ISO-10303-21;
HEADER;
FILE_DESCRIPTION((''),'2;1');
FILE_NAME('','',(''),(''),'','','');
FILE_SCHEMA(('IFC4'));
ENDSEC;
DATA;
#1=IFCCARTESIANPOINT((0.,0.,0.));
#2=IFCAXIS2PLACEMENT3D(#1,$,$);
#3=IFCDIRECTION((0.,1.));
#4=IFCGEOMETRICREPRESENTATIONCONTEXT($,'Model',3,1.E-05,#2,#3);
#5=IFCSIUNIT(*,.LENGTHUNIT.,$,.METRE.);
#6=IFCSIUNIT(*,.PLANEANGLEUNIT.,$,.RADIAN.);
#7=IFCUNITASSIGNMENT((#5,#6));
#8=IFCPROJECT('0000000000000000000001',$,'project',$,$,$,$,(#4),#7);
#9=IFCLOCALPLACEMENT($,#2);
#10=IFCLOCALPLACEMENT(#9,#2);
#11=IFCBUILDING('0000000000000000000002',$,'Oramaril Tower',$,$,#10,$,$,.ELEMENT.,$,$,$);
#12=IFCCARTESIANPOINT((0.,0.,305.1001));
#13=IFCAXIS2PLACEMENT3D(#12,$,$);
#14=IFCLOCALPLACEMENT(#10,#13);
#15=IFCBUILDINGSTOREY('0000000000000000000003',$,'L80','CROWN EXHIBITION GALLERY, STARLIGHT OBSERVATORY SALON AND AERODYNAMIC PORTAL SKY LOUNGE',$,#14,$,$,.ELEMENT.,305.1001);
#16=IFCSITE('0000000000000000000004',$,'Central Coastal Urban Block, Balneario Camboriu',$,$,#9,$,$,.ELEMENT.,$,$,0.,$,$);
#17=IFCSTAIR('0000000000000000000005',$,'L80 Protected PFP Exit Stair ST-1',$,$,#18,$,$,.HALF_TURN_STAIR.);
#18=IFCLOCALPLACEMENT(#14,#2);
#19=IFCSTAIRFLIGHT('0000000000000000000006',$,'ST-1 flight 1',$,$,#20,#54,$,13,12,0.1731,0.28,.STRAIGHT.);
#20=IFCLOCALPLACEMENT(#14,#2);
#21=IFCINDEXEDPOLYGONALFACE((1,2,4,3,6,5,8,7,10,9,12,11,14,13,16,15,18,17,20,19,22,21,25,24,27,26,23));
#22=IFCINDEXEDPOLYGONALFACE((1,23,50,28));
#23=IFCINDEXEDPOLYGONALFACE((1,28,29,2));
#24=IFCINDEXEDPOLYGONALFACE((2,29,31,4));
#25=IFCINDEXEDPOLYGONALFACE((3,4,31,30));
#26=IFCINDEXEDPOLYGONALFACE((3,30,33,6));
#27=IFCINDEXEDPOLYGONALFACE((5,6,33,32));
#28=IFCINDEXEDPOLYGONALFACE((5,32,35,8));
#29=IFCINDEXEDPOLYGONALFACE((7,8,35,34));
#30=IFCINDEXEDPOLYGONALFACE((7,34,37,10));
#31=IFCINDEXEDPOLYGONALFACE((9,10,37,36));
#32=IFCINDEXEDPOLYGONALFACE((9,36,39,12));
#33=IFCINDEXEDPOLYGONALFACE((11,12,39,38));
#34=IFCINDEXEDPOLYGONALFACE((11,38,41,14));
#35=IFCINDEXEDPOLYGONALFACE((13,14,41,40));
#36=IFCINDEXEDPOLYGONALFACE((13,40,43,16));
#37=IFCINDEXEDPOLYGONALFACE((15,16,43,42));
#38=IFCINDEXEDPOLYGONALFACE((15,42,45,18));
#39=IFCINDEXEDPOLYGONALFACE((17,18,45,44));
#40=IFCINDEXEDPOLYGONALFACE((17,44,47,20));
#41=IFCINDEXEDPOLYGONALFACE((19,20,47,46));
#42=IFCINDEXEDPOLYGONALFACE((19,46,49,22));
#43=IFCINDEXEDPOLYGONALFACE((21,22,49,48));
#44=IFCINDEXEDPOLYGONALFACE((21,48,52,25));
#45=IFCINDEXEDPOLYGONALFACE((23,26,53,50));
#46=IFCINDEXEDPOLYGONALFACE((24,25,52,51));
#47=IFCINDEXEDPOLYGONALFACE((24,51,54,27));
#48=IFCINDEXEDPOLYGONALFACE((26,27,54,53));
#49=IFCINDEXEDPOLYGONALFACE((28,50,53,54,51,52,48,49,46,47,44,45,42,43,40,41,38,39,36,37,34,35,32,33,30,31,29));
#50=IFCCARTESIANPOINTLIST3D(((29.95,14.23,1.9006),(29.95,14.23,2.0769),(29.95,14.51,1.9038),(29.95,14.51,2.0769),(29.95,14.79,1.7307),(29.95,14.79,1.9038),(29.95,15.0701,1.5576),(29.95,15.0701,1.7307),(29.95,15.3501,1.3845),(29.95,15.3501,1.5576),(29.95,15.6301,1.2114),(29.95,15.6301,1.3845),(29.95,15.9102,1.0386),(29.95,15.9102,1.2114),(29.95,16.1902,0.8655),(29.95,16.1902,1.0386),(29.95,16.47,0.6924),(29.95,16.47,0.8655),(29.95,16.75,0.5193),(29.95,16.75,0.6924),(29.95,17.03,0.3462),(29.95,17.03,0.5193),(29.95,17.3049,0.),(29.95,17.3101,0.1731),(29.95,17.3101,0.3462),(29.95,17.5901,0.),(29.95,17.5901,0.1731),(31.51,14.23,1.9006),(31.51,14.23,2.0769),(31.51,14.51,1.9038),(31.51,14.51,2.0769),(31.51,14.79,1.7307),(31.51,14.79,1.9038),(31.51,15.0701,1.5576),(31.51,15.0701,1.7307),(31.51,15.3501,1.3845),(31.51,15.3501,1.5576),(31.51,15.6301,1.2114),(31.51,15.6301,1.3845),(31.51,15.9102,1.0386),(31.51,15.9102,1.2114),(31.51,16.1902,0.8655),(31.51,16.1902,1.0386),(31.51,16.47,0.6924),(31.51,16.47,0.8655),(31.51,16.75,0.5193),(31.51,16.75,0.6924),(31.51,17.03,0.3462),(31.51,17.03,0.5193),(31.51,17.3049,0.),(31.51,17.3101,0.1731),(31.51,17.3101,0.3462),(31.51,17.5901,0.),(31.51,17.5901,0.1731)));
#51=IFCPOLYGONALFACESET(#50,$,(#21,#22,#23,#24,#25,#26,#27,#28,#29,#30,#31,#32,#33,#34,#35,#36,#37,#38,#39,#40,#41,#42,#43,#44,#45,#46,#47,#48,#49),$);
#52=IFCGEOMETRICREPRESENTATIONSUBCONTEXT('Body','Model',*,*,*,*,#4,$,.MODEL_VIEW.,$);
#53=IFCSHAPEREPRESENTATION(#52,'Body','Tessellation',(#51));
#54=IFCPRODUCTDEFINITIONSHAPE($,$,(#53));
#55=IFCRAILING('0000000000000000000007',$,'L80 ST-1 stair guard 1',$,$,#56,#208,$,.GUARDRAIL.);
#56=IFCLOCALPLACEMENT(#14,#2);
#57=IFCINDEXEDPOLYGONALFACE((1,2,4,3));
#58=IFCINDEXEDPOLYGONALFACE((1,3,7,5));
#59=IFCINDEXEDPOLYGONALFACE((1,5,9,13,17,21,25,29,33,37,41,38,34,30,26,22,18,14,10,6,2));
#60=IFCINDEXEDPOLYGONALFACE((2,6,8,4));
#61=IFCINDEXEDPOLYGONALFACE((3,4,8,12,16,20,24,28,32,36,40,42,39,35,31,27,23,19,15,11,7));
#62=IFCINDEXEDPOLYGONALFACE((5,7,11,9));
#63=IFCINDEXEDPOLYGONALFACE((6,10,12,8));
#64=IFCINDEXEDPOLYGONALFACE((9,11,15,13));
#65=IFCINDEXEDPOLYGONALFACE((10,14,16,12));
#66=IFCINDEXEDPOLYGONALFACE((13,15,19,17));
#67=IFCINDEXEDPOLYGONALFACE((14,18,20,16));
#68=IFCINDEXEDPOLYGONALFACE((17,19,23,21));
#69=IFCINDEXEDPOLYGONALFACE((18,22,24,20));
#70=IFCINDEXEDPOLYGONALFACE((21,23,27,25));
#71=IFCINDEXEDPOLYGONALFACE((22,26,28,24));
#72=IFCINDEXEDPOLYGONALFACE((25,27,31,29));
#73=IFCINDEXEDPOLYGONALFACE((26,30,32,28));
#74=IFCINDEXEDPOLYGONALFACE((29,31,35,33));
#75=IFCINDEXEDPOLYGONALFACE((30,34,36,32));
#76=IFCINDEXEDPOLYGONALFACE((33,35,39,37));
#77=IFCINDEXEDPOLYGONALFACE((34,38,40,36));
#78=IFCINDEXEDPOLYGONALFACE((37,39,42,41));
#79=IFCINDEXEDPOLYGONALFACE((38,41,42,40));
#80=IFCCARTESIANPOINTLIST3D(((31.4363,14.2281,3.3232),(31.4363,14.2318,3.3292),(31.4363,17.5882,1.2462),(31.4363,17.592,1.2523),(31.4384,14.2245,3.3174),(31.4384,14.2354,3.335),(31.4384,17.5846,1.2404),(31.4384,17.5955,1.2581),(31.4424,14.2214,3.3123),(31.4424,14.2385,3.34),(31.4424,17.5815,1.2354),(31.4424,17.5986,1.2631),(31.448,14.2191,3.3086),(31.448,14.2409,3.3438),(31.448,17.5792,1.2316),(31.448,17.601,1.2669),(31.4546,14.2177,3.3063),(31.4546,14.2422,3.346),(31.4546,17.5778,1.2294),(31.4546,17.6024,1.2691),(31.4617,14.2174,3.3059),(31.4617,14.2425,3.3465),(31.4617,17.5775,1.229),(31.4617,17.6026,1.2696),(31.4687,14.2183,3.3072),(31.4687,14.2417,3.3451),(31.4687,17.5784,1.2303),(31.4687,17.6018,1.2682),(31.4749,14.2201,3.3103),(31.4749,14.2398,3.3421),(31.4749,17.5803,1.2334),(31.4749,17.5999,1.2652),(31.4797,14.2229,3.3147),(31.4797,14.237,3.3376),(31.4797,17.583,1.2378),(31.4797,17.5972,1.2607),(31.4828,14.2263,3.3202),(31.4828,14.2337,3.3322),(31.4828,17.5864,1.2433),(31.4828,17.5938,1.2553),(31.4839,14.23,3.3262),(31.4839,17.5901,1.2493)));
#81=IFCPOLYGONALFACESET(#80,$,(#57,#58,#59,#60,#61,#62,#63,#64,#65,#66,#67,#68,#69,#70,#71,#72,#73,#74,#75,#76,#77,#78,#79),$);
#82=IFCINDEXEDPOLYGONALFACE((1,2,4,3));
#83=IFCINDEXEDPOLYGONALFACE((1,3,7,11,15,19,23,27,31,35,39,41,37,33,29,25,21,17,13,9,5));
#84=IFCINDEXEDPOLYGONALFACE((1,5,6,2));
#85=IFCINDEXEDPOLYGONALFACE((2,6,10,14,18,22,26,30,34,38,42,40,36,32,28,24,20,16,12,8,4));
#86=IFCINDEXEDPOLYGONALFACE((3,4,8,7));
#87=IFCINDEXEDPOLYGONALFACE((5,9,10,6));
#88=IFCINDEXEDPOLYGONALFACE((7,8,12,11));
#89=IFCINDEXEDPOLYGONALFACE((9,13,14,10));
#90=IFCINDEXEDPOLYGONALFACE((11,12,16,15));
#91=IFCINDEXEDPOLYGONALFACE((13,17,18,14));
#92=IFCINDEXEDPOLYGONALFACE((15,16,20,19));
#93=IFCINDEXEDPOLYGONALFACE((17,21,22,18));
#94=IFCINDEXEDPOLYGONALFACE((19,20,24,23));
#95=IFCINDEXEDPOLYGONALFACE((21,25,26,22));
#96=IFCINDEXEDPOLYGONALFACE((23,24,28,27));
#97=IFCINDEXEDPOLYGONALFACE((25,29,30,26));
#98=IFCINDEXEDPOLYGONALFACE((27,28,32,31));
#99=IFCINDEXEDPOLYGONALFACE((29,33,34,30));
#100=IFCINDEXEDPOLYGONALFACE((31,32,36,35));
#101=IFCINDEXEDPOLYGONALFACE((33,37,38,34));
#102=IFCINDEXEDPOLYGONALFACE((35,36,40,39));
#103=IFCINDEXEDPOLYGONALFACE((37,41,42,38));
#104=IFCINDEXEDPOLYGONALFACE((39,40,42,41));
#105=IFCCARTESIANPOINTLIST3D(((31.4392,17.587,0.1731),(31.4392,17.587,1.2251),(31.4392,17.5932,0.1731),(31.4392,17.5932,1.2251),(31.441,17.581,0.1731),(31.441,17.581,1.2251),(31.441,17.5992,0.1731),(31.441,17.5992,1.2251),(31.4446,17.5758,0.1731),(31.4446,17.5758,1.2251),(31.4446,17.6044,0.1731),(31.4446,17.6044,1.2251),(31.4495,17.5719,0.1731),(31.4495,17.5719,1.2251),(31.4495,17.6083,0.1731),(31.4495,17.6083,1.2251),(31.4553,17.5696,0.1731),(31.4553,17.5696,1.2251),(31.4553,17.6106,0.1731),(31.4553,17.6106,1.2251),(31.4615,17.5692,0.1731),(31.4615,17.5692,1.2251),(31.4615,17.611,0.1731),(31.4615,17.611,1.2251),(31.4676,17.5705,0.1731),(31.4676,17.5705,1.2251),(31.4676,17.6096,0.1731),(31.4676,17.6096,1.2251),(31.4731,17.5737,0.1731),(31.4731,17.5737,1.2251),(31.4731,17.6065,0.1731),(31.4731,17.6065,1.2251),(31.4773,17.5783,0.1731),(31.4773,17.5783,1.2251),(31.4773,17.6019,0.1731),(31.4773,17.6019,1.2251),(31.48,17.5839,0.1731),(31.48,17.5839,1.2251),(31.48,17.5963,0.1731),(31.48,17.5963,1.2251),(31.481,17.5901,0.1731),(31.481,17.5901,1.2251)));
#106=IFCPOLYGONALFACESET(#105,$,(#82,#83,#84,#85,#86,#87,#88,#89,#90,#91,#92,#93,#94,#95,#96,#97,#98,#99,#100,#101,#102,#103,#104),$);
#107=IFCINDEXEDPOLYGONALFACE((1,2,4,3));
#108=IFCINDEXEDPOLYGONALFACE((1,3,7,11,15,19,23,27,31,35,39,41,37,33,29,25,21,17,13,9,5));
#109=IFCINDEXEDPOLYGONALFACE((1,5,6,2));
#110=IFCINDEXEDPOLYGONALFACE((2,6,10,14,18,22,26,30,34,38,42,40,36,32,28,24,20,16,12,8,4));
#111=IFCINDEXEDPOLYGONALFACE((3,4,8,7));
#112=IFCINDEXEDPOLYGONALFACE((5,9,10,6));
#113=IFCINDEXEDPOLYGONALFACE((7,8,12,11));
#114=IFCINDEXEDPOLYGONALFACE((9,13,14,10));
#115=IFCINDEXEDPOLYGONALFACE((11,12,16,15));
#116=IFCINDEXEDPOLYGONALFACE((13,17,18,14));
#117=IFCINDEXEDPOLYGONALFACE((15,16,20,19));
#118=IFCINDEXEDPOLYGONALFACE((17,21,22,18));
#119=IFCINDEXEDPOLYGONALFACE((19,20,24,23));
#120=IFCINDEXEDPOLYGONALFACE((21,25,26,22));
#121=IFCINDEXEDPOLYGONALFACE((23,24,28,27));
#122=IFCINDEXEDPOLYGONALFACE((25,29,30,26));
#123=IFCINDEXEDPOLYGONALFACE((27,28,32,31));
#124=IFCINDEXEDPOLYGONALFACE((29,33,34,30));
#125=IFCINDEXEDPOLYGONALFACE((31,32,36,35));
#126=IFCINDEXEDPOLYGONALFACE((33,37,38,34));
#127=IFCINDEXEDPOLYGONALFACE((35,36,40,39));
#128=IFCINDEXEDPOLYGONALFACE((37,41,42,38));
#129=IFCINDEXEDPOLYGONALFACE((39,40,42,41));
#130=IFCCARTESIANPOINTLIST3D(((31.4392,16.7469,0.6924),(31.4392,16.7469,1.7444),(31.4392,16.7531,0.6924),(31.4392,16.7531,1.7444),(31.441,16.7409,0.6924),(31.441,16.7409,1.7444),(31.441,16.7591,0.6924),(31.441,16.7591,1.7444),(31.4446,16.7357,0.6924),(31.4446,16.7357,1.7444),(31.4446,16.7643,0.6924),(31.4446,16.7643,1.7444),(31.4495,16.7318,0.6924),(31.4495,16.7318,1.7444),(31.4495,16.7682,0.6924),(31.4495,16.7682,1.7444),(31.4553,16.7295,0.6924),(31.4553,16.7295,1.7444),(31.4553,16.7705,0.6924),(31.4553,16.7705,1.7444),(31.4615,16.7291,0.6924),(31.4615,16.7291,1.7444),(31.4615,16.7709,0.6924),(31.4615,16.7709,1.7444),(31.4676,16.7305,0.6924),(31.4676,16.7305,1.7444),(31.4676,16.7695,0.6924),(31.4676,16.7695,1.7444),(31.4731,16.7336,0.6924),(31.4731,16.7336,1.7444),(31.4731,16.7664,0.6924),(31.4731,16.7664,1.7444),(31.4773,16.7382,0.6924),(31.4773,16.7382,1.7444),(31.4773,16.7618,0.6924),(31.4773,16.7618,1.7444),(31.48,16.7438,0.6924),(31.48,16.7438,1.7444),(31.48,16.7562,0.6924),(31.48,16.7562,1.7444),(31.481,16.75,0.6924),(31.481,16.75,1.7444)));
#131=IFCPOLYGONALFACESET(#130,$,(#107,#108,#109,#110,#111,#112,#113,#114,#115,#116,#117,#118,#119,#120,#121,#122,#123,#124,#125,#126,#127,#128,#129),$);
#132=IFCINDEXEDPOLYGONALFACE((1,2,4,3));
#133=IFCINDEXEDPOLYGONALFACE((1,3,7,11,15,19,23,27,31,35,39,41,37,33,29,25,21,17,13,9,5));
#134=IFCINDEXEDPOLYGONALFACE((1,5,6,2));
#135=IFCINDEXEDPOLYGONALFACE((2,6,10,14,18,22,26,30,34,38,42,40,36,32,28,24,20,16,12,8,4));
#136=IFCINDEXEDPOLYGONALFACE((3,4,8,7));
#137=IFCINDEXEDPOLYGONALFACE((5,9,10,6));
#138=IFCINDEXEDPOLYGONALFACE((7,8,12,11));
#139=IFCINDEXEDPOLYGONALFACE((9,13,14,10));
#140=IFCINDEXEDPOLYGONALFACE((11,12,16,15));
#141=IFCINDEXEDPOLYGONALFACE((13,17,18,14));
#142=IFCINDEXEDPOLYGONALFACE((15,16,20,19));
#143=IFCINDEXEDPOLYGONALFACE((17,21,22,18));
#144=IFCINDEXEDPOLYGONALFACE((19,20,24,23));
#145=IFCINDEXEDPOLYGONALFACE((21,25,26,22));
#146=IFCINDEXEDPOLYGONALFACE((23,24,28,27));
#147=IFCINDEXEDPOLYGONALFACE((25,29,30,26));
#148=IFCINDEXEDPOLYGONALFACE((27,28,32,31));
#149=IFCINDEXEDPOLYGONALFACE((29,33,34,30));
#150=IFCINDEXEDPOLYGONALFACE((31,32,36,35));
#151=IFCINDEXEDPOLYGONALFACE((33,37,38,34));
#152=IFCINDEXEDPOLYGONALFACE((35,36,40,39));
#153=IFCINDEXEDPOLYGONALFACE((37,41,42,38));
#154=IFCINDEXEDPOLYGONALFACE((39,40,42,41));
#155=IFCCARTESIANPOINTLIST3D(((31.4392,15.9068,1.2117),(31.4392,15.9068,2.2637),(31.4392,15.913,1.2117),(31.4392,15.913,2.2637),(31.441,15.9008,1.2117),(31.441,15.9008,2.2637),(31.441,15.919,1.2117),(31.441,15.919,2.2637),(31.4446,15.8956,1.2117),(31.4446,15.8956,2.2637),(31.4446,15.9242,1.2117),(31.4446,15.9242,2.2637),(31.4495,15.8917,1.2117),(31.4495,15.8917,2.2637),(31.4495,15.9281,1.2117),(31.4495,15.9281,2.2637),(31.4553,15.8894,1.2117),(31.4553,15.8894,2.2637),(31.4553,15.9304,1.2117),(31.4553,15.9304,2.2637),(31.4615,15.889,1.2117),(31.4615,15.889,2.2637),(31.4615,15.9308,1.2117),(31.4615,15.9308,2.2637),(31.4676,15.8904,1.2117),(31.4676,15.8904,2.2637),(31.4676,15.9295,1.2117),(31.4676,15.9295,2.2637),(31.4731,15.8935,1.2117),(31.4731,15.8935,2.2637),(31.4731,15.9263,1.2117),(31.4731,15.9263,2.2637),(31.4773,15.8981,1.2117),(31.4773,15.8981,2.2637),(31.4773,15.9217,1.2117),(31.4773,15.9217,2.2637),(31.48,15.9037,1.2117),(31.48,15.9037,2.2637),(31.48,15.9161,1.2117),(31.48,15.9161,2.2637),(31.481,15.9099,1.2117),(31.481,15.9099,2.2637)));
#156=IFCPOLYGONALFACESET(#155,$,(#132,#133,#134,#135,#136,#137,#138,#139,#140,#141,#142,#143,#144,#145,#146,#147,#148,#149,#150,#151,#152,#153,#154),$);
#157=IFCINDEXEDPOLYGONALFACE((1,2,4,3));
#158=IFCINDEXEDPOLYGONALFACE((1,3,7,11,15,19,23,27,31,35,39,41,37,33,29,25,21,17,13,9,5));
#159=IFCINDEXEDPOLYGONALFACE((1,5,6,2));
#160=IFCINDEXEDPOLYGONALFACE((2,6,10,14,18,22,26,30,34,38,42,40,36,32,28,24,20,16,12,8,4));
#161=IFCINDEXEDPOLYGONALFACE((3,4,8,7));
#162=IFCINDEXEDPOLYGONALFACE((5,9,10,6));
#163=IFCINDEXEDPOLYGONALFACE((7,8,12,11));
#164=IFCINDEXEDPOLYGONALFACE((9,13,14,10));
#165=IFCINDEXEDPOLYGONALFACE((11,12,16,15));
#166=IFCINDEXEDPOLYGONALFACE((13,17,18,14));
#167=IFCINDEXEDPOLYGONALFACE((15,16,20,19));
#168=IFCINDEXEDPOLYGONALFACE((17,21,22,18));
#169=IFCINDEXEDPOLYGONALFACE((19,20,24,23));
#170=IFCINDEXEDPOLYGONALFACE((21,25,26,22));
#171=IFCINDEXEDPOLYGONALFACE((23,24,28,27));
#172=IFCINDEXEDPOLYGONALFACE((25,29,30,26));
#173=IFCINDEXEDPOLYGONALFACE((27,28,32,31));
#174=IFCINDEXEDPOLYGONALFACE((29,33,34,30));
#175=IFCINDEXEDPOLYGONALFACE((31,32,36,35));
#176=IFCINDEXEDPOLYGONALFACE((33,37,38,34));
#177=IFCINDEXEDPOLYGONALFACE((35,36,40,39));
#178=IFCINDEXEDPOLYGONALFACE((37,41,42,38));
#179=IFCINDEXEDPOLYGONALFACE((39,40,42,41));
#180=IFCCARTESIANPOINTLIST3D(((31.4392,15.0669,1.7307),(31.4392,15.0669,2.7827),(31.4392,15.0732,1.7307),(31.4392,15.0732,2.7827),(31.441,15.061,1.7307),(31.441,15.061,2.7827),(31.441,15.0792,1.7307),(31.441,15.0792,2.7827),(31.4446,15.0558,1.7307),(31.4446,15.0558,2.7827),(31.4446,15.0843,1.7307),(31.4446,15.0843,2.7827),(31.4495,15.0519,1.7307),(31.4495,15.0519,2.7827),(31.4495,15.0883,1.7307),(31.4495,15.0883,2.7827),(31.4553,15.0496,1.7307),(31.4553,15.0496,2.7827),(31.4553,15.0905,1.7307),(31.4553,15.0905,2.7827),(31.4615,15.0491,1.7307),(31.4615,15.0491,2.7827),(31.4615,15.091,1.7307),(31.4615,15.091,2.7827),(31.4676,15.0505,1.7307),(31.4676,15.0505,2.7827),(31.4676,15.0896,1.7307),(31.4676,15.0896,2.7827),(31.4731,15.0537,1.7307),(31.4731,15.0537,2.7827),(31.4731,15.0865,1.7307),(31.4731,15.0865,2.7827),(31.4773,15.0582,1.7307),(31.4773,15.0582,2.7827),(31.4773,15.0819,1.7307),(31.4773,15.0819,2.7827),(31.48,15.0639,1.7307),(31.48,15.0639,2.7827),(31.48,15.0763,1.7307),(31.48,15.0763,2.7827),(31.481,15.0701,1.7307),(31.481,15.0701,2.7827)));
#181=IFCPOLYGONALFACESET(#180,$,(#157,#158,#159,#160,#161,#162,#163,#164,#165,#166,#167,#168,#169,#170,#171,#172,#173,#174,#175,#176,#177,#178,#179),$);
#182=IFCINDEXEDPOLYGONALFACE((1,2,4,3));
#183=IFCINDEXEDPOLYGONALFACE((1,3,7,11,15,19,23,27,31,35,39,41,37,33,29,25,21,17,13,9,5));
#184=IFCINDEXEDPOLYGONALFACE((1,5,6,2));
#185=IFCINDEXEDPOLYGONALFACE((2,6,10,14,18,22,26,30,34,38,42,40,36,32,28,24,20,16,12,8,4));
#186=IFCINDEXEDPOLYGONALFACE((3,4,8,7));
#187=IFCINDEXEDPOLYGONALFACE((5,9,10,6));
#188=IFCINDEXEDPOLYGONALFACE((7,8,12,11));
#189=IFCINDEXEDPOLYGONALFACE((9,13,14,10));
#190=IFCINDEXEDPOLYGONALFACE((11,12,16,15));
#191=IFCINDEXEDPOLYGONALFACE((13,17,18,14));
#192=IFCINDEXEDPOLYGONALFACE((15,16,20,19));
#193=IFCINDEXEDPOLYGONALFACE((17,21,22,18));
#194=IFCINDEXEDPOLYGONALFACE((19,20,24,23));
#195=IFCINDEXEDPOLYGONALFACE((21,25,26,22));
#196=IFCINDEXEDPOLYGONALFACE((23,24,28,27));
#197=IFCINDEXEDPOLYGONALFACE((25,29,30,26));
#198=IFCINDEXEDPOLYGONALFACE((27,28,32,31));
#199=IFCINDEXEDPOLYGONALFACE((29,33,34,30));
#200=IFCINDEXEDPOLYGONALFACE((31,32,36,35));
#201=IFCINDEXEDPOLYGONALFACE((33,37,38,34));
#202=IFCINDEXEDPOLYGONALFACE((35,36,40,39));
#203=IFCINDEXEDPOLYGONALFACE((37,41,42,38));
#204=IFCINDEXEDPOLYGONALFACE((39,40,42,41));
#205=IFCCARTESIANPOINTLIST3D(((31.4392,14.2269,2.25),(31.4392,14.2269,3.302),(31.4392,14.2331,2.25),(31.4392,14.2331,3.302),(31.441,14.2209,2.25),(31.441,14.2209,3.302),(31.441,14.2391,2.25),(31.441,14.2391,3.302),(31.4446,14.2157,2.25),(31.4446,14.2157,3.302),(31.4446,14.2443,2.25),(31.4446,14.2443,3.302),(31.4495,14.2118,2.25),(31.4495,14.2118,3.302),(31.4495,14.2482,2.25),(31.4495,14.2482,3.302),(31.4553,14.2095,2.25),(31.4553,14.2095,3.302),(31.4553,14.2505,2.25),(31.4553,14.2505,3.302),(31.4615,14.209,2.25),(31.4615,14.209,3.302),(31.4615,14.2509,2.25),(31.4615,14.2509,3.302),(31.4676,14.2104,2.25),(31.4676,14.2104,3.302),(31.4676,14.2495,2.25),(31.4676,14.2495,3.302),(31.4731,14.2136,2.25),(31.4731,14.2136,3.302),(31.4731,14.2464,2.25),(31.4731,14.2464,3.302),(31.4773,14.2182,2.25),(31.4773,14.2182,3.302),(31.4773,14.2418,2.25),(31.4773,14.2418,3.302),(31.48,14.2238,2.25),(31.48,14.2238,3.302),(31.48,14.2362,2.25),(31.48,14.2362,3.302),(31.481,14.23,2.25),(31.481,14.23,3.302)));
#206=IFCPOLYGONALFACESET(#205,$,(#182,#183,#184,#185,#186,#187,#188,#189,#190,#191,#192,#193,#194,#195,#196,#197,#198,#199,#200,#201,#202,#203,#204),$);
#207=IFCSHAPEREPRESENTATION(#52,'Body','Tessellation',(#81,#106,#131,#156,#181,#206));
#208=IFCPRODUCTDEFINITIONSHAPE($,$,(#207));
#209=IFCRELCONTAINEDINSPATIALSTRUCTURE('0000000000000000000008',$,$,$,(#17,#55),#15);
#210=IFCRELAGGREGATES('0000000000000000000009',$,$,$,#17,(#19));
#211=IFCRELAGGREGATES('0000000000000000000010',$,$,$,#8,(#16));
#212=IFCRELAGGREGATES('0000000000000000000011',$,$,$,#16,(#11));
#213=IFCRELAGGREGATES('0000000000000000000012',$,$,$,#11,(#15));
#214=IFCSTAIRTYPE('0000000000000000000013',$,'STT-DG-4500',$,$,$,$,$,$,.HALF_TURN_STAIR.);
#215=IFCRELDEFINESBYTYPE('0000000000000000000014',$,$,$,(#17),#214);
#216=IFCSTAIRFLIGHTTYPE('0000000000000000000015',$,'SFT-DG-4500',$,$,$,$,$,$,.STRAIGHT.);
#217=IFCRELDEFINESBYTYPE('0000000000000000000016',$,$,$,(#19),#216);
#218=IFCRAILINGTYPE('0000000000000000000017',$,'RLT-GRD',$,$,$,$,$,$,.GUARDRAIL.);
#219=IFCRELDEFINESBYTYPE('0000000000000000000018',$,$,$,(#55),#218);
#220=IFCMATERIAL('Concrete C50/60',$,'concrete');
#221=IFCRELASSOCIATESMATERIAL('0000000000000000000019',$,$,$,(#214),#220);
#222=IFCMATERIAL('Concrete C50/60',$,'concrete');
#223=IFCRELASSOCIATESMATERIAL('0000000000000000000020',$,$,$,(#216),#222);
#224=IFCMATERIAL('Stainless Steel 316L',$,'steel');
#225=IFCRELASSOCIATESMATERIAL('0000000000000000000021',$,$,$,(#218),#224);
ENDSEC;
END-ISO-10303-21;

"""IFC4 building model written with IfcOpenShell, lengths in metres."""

from ifc_helpers import new_model, si_unit, direction, frame, origin, origin_2d, place, context, subcontext, project, spatial, polyline, circle, outline, extrude, material, type_object, element, aggregate, save


model = new_model("IFC4")

# Units and contexts
model_context = context("Model", 3, precision=1e-05, world=origin(), true_north=direction((0.0, 1.0)))
body_context = subcontext(model_context, "Body", "Model", "MODEL_VIEW")
ifc_project = project(units=[si_unit("LENGTHUNIT", "METRE"), si_unit("PLANEANGLEUNIT", "RADIAN")], contexts=[model_context])

# Site, building, storey
site_placement = place(None, origin())
site = spatial("IfcSite", under=ifc_project, at=site_placement, Name="Central Coastal Urban Block, Balneario Camboriu", CompositionType="ELEMENT", RefElevation=0.0)
building_placement = place(site_placement, origin())
building = spatial("IfcBuilding", under=site, at=building_placement, Name="Oramaril Tower", CompositionType="ELEMENT")
storey_placement = place(building_placement, frame((0.0, 0.0, 305.1001)))
storey = spatial("IfcBuildingStorey", under=building, at=storey_placement, Name="L80", Description="CROWN EXHIBITION GALLERY, STARLIGHT OBSERVATORY SALON AND AERODYNAMIC PORTAL SKY LOUNGE", CompositionType="ELEMENT", Elevation=305.1001)

# Stair, stair flight
ifc_material_1 = material(Name="Concrete C50/60", Category="concrete")
stair_type = type_object("IfcStairType", Name="STT-DG-4500", PredefinedType="HALF_TURN_STAIR", material=ifc_material_1)
stair_placement = place(storey_placement, origin())
stair = element("IfcStair", 1, at=stair_placement, inside=storey, type_object=stair_type, Name="L80 Protected PFP Exit Stair ST-1", PredefinedType="HALF_TURN_STAIR")
ifc_material_2 = material(Name="Concrete C50/60", Category="concrete")
stair_flight_type = type_object("IfcStairFlightType", Name="SFT-DG-4500", PredefinedType="STRAIGHT", material=ifc_material_2)
stair_flight_placement = place(storey_placement, frame((30.73, 17.5901, 0.0), z_axis=(0.0, 0.0, 1.0), x_axis=(0.0, -1.0, 0.0)))
stair_flight = element("IfcStairFlight", 2, at=stair_flight_placement, type_object=stair_flight_type, Name="ST-1 flight 1", NumberOfRisers=13, NumberOfTreads=12, PredefinedType="STRAIGHT", RiserHeight=0.1731, TreadLength=0.28, context=body_context, shape_type="SweptSolid", body=[
    extrude(outline(polyline([(0.0, 0.0), (0.0, 0.1731), (0.28, 0.1731), (0.28, 0.3462), (0.5601, 0.3462), (0.5601, 0.5193), (0.8401, 0.5193), (0.8401, 0.6924), (1.1201, 0.6924), (1.1201, 0.8655), (1.3999, 0.8655), (1.3999, 1.0386), (1.6799, 1.0386), (1.6799, 1.2114), (1.96, 1.2114), (1.96, 1.3845), (2.24, 1.3845), (2.24, 1.5576), (2.52, 1.5576), (2.52, 1.7307), (2.8, 1.7307), (2.8, 1.9038), (3.0801, 1.9038), (3.0801, 2.0769), (3.3601, 2.0769), (3.3601, 2.25), (3.3601, 1.9006), (0.2852, 0.0), (0.0, 0.0)])), frame((0.0, 0.78, 0.0), z_axis=(0.0, -1.0, 0.0), x_axis=(1.0, 0.0, 0.0)), (0.0, 0.0, 1.0), 1.5601),
])
aggregate(stair, [stair_flight])

# Railing
ifc_material_3 = material(Name="Stainless Steel 316L", Category="steel")
railing_type_1 = type_object("IfcRailingType", Name="RLT-GRD", PredefinedType="GUARDRAIL", material=ifc_material_3)
railing_1_placement = place(storey_placement, frame((31.46, 17.5901, 0.1731)))
element("IfcRailing", 3, at=railing_1_placement, inside=storey, type_object=railing_type_1, Name="L80 ST-1 stair guard 1", PredefinedType="GUARDRAIL", context=body_context, shape_type="SweptSolid", body=[
    extrude(circle(Radius=0.0239, at=origin_2d()), frame((0.0, 0.0, 1.0762), z_axis=(0.0, -0.850623, 0.525776), x_axis=(1.0, 0.0, 0.0)), (0.0, 0.0, 1.0), 3.9502),
    extrude(circle(Radius=0.021, at=origin_2d()), origin(), (0.0, 0.0, 1.0), 1.052),
    extrude(circle(Radius=0.021, at=origin_2d()), frame((0.0, -0.8401, 0.5193)), (0.0, 0.0, 1.0), 1.052),
    extrude(circle(Radius=0.021, at=origin_2d()), frame((0.0, -1.6802, 1.0386)), (0.0, 0.0, 1.0), 1.052),
    extrude(circle(Radius=0.021, at=origin_2d()), frame((0.0, -2.52, 1.5576)), (0.0, 0.0, 1.0), 1.052),
    extrude(circle(Radius=0.021, at=origin_2d()), frame((0.0, -3.3601, 2.0769)), (0.0, 0.0, 1.0), 1.052),
])

save(model, "model.ifc")
